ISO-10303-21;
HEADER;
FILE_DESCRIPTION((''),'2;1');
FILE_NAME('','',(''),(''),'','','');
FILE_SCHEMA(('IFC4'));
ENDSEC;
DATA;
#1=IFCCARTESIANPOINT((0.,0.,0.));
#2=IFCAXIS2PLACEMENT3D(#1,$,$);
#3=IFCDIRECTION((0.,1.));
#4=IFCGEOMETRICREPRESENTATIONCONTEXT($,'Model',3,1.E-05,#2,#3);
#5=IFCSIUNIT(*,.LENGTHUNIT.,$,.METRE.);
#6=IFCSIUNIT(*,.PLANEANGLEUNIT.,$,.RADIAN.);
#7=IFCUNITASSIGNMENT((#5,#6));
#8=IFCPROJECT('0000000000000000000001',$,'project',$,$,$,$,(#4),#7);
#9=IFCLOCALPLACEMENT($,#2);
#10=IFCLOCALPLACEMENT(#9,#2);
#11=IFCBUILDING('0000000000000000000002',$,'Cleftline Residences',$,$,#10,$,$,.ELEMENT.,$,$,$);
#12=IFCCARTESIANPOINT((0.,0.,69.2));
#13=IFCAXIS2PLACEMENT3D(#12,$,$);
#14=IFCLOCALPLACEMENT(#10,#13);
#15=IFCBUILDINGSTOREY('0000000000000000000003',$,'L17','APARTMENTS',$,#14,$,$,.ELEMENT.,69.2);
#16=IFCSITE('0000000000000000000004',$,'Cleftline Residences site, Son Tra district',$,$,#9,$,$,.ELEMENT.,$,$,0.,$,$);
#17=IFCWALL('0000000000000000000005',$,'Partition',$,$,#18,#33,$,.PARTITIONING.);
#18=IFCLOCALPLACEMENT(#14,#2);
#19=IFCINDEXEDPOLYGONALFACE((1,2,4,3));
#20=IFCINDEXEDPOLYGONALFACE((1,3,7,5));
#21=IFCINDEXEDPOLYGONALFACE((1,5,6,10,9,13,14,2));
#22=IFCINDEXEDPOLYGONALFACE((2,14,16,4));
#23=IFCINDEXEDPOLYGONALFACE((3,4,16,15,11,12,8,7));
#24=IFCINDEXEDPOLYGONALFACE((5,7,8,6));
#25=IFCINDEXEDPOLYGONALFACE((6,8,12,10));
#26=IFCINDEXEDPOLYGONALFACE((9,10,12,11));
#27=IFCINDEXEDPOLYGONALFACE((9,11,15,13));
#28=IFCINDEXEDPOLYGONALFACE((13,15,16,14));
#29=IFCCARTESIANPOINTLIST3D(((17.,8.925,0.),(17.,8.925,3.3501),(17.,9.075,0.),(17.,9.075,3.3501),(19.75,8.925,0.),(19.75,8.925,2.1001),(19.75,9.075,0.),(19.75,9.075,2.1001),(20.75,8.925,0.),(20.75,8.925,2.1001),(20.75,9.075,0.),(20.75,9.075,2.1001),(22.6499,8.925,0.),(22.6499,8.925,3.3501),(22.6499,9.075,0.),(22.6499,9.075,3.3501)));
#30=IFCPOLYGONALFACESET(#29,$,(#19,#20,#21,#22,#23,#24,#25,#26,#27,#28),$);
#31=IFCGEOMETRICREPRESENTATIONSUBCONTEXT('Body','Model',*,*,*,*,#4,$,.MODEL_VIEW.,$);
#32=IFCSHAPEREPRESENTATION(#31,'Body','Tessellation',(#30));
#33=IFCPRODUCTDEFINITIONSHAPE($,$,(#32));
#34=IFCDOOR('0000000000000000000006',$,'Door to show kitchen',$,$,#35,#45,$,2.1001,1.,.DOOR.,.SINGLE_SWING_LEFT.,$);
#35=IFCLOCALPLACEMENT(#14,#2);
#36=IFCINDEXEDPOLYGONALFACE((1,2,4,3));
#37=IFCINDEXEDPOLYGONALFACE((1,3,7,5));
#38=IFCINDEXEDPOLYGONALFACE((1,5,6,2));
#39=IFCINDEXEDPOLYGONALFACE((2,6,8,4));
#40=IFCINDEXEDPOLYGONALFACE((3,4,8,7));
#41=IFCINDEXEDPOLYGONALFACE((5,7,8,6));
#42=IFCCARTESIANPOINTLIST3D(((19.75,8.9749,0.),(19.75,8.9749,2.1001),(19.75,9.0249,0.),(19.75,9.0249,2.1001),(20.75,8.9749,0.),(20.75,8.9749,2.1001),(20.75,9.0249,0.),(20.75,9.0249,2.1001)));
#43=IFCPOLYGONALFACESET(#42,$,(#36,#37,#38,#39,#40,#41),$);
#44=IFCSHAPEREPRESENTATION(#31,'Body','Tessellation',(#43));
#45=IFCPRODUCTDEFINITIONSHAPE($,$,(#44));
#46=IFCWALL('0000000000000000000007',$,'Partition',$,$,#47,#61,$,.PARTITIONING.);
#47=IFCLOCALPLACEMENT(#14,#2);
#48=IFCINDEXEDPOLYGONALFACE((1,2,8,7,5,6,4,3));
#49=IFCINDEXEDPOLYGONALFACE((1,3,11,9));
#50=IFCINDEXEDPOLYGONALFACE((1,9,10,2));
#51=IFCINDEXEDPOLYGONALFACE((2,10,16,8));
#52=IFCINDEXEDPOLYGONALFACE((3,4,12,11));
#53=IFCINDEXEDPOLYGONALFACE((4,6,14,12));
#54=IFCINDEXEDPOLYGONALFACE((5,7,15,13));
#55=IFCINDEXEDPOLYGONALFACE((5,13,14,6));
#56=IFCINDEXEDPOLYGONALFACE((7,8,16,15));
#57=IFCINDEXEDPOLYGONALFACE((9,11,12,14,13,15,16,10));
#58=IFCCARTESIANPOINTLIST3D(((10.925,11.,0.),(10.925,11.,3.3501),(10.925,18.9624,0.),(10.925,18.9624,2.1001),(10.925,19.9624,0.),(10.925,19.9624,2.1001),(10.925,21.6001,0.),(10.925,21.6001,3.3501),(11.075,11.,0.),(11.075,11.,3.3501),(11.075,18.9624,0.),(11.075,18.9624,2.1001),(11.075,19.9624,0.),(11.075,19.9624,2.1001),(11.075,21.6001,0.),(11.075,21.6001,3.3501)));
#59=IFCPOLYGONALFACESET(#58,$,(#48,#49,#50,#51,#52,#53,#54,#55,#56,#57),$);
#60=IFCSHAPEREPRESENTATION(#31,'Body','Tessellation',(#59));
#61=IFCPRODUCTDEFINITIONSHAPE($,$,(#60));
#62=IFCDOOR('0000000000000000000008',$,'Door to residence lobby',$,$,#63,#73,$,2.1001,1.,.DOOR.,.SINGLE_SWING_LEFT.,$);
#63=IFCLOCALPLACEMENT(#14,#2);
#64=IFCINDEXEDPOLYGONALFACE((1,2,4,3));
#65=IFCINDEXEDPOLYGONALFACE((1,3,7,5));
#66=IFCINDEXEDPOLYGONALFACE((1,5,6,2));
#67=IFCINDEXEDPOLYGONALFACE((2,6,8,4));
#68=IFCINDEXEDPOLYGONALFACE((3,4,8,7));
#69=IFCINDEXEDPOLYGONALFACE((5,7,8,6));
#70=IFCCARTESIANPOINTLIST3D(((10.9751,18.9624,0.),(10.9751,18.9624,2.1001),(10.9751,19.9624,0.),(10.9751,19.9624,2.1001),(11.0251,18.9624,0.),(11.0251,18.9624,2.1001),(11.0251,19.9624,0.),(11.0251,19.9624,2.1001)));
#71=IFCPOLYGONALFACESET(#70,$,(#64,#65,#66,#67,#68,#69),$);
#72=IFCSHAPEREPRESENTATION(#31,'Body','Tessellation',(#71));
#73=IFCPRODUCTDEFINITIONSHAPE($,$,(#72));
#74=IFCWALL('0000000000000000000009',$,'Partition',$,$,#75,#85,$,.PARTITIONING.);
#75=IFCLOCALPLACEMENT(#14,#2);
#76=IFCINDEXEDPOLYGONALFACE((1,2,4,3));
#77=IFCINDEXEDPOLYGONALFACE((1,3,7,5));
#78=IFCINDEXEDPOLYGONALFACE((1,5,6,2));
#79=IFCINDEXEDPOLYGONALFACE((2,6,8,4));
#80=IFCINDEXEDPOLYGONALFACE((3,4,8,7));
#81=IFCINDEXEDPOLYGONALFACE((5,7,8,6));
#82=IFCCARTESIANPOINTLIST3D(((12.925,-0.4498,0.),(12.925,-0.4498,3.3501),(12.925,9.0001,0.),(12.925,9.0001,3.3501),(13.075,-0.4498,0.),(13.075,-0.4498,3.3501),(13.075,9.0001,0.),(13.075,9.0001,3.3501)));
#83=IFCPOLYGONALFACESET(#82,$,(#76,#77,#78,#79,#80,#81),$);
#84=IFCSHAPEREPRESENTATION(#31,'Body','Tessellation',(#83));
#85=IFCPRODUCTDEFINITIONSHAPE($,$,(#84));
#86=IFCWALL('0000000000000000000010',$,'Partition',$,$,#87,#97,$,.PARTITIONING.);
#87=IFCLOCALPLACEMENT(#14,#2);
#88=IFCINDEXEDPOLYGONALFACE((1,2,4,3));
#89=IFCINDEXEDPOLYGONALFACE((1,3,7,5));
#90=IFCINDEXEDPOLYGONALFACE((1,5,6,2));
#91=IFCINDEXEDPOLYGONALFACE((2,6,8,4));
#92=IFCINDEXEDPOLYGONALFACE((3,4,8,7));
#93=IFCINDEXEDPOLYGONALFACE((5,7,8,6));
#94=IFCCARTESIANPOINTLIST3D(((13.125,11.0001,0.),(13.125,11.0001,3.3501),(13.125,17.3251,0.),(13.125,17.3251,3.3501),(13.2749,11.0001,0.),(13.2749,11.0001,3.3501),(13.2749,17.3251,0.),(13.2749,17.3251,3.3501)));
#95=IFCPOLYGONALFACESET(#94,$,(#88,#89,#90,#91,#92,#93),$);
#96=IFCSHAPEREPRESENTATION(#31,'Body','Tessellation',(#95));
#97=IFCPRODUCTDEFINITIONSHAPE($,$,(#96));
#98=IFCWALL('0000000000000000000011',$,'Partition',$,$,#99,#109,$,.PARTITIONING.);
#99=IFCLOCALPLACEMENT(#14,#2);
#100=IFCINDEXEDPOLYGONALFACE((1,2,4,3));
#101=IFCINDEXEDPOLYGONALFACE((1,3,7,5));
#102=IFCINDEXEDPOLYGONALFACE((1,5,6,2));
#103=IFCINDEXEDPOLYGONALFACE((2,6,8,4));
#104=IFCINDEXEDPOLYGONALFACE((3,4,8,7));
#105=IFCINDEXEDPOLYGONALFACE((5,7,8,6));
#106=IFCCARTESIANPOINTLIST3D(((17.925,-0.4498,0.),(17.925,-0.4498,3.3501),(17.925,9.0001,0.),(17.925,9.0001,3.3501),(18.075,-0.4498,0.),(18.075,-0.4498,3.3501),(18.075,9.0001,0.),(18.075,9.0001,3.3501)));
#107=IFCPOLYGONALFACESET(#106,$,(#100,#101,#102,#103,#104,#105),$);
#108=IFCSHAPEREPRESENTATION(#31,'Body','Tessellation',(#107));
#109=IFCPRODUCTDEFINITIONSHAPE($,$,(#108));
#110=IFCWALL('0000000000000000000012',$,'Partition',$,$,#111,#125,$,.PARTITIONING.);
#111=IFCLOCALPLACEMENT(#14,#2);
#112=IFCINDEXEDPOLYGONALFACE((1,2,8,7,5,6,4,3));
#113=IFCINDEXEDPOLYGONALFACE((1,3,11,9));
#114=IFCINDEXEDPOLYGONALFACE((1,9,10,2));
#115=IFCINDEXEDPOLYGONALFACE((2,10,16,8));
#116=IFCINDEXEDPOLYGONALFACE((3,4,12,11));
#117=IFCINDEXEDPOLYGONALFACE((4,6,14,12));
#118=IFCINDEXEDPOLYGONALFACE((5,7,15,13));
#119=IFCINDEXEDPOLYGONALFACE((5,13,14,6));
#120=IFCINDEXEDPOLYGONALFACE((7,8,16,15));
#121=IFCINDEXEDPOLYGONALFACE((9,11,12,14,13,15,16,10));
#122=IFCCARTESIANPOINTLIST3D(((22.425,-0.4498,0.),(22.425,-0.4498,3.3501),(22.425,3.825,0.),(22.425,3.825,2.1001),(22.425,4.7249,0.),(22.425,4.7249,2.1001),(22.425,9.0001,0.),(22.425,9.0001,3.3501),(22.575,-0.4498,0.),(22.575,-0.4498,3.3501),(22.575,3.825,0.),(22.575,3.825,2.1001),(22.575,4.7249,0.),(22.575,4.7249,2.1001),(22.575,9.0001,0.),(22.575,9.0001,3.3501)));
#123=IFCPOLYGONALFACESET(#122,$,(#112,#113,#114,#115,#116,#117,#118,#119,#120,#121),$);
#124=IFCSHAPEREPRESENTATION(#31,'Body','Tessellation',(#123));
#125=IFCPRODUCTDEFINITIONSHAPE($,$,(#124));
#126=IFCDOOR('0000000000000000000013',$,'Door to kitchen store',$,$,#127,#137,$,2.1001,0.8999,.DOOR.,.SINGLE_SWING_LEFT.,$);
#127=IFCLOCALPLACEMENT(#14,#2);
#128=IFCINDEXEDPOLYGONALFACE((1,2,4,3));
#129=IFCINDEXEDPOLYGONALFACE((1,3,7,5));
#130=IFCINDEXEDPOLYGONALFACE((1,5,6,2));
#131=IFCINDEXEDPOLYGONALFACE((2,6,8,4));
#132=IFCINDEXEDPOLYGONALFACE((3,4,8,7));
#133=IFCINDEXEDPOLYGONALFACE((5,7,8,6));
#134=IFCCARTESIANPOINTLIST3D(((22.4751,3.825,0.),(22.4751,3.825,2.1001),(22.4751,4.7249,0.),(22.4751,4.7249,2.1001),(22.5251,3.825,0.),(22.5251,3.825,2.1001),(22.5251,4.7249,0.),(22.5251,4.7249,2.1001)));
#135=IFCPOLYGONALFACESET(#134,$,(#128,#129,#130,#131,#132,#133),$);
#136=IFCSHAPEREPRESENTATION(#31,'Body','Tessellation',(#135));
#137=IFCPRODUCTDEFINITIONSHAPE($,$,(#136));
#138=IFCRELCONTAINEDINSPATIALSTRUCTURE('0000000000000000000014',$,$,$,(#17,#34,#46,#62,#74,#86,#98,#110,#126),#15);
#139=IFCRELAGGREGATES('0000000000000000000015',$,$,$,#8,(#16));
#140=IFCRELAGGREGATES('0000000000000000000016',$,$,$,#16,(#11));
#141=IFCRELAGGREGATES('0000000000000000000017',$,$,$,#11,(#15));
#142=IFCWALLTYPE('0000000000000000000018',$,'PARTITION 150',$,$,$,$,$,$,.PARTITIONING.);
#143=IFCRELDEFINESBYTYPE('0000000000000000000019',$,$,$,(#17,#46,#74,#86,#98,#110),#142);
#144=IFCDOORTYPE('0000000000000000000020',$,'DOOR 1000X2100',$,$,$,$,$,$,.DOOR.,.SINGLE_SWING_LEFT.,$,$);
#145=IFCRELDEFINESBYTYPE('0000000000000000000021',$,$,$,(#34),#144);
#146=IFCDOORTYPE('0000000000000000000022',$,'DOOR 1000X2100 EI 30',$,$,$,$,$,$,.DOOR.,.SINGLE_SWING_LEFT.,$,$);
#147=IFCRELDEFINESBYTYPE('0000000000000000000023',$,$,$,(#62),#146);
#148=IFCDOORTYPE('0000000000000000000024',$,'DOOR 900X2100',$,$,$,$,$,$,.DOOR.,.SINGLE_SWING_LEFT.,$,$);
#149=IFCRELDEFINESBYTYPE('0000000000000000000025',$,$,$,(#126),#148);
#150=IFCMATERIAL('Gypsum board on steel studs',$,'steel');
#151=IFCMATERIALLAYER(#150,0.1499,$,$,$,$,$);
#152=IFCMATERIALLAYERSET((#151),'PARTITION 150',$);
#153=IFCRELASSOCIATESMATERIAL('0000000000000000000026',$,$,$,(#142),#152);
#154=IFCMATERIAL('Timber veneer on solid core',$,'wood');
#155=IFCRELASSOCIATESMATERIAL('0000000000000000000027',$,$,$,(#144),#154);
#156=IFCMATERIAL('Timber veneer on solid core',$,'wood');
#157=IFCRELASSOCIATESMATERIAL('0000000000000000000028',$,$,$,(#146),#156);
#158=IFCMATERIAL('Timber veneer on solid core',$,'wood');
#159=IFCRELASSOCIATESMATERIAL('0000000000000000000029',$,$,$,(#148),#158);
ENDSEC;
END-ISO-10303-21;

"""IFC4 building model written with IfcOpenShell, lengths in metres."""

from ifc_helpers import new_model, si_unit, direction, frame, frame_2d, origin, place, context, subcontext, project, spatial, rectangle, extrude, material, layer, layer_set, type_object, element, fill, save


model = new_model("IFC4")

# Units and contexts
model_context = context("Model", 3, precision=1e-05, world=origin(), true_north=direction((0.0, 1.0)))
body_context = subcontext(model_context, "Body", "Model", "MODEL_VIEW")
ifc_project = project(units=[si_unit("LENGTHUNIT", "METRE"), si_unit("PLANEANGLEUNIT", "RADIAN")], contexts=[model_context])

# Site, building, storey
site_placement = place(None, origin())
site = spatial("IfcSite", under=ifc_project, at=site_placement, Name="Cleftline Residences site, Son Tra district", CompositionType="ELEMENT", RefElevation=0.0)
building_placement = place(site_placement, origin())
building = spatial("IfcBuilding", under=site, at=building_placement, Name="Cleftline Residences", CompositionType="ELEMENT")
storey_placement = place(building_placement, frame((0.0, 0.0, 69.2)))
storey = spatial("IfcBuildingStorey", under=building, at=storey_placement, Name="L17", Description="APARTMENTS", CompositionType="ELEMENT", Elevation=69.2)

# Shared definitions
ifc_material_1 = material(Name="Gypsum board on steel studs", Category="steel")
ifc_layer_1 = layer(ifc_material_1, 0.1499)
ifc_layer_set_1 = layer_set([ifc_layer_1], Name="PARTITION 150")
wall_type = type_object("IfcWallType", Name="PARTITION 150", PredefinedType="PARTITIONING", material=ifc_layer_set_1)
ifc_material_2 = material(Name="Timber veneer on solid core", Category="wood")
door_type_1 = type_object("IfcDoorType", Name="DOOR 1000X2100", OperationType="SINGLE_SWING_LEFT", PredefinedType="DOOR", material=ifc_material_2)

# Walls, openings, doors
wall_1_placement = place(storey_placement, frame((17.0, 9.0, 0.0), z_axis=(0.0, 0.0, 1.0), x_axis=(1.0, 0.0, 0.0)))
wall_1 = element("IfcWall", 1, at=wall_1_placement, inside=storey, type_object=wall_type, Name="Partition", PredefinedType="PARTITIONING", context=body_context, shape_type="SweptSolid", body=[
    extrude(rectangle(XDim=5.6499, YDim=0.1499, at=frame_2d((2.825, 0.0))), origin(), (0.0, 0.0, 1.0), 3.3501),
])
opening_1_placement = place(wall_1_placement, frame((2.75, 0.0, 0.0)))
opening_1 = element("IfcOpeningElement", 2, at=opening_1_placement, cuts=wall_1, PredefinedType="OPENING", context=body_context, shape_type="SweptSolid", body=[
    extrude(rectangle(XDim=1.0, YDim=2.1001, at=frame_2d((0.5, 1.05))), frame((0.0, 0.085, 0.0), z_axis=(0.0, -1.0, 0.0), x_axis=(1.0, 0.0, 0.0)), (0.0, 0.0, 1.0), 0.1699),
])
door_1_placement = place(opening_1_placement, origin())
door_1 = element("IfcDoor", 3, at=door_1_placement, inside=storey, type_object=door_type_1, Name="Door to show kitchen", OperationType="SINGLE_SWING_LEFT", OverallHeight=2.1001, OverallWidth=1.0, PredefinedType="DOOR", context=body_context, shape_type="SweptSolid", body=[
    extrude(rectangle(XDim=1.0, YDim=2.1001, at=frame_2d((0.5, 1.05))), frame((0.0, 0.0249, 0.0), z_axis=(0.0, -1.0, 0.0), x_axis=(1.0, 0.0, 0.0)), (0.0, 0.0, 1.0), 0.05),
])
fill(opening_1, door_1)
wall_2_placement = place(storey_placement, frame((11.0, 11.0, 0.0), z_axis=(0.0, 0.0, 1.0), x_axis=(0.0, 1.0, 0.0)))
wall_2 = element("IfcWall", 4, at=wall_2_placement, inside=storey, type_object=wall_type, Name="Partition", PredefinedType="PARTITIONING", context=body_context, shape_type="SweptSolid", body=[
    extrude(rectangle(XDim=10.6001, YDim=0.1499, at=frame_2d((5.3, 0.0))), origin(), (0.0, 0.0, 1.0), 3.3501),
])
opening_2_placement = place(wall_2_placement, frame((7.9624, 0.0, 0.0)))
opening_2 = element("IfcOpeningElement", 5, at=opening_2_placement, cuts=wall_2, PredefinedType="OPENING", context=body_context, shape_type="SweptSolid", body=[
    extrude(rectangle(XDim=1.0, YDim=2.1001, at=frame_2d((0.5, 1.05))), frame((0.0, 0.085, 0.0), z_axis=(0.0, -1.0, 0.0), x_axis=(1.0, 0.0, 0.0)), (0.0, 0.0, 1.0), 0.1699),
])
ifc_material_3 = material(Name="Timber veneer on solid core", Category="wood")
door_type_2 = type_object("IfcDoorType", Name="DOOR 1000X2100 EI 30", OperationType="SINGLE_SWING_LEFT", PredefinedType="DOOR", material=ifc_material_3)
door_2_placement = place(opening_2_placement, origin())
door_2 = element("IfcDoor", 6, at=door_2_placement, inside=storey, type_object=door_type_2, Name="Door to residence lobby", OperationType="SINGLE_SWING_LEFT", OverallHeight=2.1001, OverallWidth=1.0, PredefinedType="DOOR", context=body_context, shape_type="SweptSolid", body=[
    extrude(rectangle(XDim=1.0, YDim=2.1001, at=frame_2d((0.5, 1.05))), frame((0.0, 0.0249, 0.0), z_axis=(0.0, -1.0, 0.0), x_axis=(1.0, 0.0, 0.0)), (0.0, 0.0, 1.0), 0.05),
])
fill(opening_2, door_2)

# Walls
wall_3_placement = place(storey_placement, frame((13.0, -0.45, 0.0), z_axis=(0.0, 0.0, 1.0), x_axis=(0.0, 1.0, 0.0)))
element("IfcWall", 7, at=wall_3_placement, inside=storey, type_object=wall_type, Name="Partition", PredefinedType="PARTITIONING", context=body_context, shape_type="SweptSolid", body=[
    extrude(rectangle(XDim=9.45, YDim=0.1499, at=frame_2d((4.7251, 0.0))), origin(), (0.0, 0.0, 1.0), 3.3501),
])
wall_4_placement = place(storey_placement, frame((13.2, 11.0, 0.0), z_axis=(0.0, 0.0, 1.0), x_axis=(0.0, 1.0, 0.0)))
element("IfcWall", 8, at=wall_4_placement, inside=storey, type_object=wall_type, Name="Partition", PredefinedType="PARTITIONING", context=body_context, shape_type="SweptSolid", body=[
    extrude(rectangle(XDim=6.325, YDim=0.1499, at=frame_2d((3.1626, 0.0))), origin(), (0.0, 0.0, 1.0), 3.3501),
])
wall_5_placement = place(storey_placement, frame((18.0, -0.45, 0.0), z_axis=(0.0, 0.0, 1.0), x_axis=(0.0, 1.0, 0.0)))
element("IfcWall", 9, at=wall_5_placement, inside=storey, type_object=wall_type, Name="Partition", PredefinedType="PARTITIONING", context=body_context, shape_type="SweptSolid", body=[
    extrude(rectangle(XDim=9.45, YDim=0.1499, at=frame_2d((4.7251, 0.0))), origin(), (0.0, 0.0, 1.0), 3.3501),
])

# Wall, opening, door
wall_6_placement = place(storey_placement, frame((22.5, -0.45, 0.0), z_axis=(0.0, 0.0, 1.0), x_axis=(0.0, 1.0, 0.0)))
wall_6 = element("IfcWall", 10, at=wall_6_placement, inside=storey, type_object=wall_type, Name="Partition", PredefinedType="PARTITIONING", context=body_context, shape_type="SweptSolid", body=[
    extrude(rectangle(XDim=9.45, YDim=0.1499, at=frame_2d((4.7251, 0.0))), origin(), (0.0, 0.0, 1.0), 3.3501),
])
opening_3_placement = place(wall_6_placement, frame((4.2749, 0.0, 0.0)))
opening_3 = element("IfcOpeningElement", 11, at=opening_3_placement, cuts=wall_6, PredefinedType="OPENING", context=body_context, shape_type="SweptSolid", body=[
    extrude(rectangle(XDim=0.8999, YDim=2.1001, at=frame_2d((0.45, 1.05))), frame((0.0, 0.085, 0.0), z_axis=(0.0, -1.0, 0.0), x_axis=(1.0, 0.0, 0.0)), (0.0, 0.0, 1.0), 0.1699),
])
ifc_material_4 = material(Name="Timber veneer on solid core", Category="wood")
door_type_3 = type_object("IfcDoorType", Name="DOOR 900X2100", OperationType="SINGLE_SWING_LEFT", PredefinedType="DOOR", material=ifc_material_4)
door_3_placement = place(opening_3_placement, origin())
door_3 = element("IfcDoor", 12, at=door_3_placement, inside=storey, type_object=door_type_3, Name="Door to kitchen store", OperationType="SINGLE_SWING_LEFT", OverallHeight=2.1001, OverallWidth=0.8999, PredefinedType="DOOR", context=body_context, shape_type="SweptSolid", body=[
    extrude(rectangle(XDim=0.8999, YDim=2.1001, at=frame_2d((0.45, 1.05))), frame((0.0, 0.0249, 0.0), z_axis=(0.0, -1.0, 0.0), x_axis=(1.0, 0.0, 0.0)), (0.0, 0.0, 1.0), 0.05),
])
fill(opening_3, door_3)

save(model, "model.ifc")
